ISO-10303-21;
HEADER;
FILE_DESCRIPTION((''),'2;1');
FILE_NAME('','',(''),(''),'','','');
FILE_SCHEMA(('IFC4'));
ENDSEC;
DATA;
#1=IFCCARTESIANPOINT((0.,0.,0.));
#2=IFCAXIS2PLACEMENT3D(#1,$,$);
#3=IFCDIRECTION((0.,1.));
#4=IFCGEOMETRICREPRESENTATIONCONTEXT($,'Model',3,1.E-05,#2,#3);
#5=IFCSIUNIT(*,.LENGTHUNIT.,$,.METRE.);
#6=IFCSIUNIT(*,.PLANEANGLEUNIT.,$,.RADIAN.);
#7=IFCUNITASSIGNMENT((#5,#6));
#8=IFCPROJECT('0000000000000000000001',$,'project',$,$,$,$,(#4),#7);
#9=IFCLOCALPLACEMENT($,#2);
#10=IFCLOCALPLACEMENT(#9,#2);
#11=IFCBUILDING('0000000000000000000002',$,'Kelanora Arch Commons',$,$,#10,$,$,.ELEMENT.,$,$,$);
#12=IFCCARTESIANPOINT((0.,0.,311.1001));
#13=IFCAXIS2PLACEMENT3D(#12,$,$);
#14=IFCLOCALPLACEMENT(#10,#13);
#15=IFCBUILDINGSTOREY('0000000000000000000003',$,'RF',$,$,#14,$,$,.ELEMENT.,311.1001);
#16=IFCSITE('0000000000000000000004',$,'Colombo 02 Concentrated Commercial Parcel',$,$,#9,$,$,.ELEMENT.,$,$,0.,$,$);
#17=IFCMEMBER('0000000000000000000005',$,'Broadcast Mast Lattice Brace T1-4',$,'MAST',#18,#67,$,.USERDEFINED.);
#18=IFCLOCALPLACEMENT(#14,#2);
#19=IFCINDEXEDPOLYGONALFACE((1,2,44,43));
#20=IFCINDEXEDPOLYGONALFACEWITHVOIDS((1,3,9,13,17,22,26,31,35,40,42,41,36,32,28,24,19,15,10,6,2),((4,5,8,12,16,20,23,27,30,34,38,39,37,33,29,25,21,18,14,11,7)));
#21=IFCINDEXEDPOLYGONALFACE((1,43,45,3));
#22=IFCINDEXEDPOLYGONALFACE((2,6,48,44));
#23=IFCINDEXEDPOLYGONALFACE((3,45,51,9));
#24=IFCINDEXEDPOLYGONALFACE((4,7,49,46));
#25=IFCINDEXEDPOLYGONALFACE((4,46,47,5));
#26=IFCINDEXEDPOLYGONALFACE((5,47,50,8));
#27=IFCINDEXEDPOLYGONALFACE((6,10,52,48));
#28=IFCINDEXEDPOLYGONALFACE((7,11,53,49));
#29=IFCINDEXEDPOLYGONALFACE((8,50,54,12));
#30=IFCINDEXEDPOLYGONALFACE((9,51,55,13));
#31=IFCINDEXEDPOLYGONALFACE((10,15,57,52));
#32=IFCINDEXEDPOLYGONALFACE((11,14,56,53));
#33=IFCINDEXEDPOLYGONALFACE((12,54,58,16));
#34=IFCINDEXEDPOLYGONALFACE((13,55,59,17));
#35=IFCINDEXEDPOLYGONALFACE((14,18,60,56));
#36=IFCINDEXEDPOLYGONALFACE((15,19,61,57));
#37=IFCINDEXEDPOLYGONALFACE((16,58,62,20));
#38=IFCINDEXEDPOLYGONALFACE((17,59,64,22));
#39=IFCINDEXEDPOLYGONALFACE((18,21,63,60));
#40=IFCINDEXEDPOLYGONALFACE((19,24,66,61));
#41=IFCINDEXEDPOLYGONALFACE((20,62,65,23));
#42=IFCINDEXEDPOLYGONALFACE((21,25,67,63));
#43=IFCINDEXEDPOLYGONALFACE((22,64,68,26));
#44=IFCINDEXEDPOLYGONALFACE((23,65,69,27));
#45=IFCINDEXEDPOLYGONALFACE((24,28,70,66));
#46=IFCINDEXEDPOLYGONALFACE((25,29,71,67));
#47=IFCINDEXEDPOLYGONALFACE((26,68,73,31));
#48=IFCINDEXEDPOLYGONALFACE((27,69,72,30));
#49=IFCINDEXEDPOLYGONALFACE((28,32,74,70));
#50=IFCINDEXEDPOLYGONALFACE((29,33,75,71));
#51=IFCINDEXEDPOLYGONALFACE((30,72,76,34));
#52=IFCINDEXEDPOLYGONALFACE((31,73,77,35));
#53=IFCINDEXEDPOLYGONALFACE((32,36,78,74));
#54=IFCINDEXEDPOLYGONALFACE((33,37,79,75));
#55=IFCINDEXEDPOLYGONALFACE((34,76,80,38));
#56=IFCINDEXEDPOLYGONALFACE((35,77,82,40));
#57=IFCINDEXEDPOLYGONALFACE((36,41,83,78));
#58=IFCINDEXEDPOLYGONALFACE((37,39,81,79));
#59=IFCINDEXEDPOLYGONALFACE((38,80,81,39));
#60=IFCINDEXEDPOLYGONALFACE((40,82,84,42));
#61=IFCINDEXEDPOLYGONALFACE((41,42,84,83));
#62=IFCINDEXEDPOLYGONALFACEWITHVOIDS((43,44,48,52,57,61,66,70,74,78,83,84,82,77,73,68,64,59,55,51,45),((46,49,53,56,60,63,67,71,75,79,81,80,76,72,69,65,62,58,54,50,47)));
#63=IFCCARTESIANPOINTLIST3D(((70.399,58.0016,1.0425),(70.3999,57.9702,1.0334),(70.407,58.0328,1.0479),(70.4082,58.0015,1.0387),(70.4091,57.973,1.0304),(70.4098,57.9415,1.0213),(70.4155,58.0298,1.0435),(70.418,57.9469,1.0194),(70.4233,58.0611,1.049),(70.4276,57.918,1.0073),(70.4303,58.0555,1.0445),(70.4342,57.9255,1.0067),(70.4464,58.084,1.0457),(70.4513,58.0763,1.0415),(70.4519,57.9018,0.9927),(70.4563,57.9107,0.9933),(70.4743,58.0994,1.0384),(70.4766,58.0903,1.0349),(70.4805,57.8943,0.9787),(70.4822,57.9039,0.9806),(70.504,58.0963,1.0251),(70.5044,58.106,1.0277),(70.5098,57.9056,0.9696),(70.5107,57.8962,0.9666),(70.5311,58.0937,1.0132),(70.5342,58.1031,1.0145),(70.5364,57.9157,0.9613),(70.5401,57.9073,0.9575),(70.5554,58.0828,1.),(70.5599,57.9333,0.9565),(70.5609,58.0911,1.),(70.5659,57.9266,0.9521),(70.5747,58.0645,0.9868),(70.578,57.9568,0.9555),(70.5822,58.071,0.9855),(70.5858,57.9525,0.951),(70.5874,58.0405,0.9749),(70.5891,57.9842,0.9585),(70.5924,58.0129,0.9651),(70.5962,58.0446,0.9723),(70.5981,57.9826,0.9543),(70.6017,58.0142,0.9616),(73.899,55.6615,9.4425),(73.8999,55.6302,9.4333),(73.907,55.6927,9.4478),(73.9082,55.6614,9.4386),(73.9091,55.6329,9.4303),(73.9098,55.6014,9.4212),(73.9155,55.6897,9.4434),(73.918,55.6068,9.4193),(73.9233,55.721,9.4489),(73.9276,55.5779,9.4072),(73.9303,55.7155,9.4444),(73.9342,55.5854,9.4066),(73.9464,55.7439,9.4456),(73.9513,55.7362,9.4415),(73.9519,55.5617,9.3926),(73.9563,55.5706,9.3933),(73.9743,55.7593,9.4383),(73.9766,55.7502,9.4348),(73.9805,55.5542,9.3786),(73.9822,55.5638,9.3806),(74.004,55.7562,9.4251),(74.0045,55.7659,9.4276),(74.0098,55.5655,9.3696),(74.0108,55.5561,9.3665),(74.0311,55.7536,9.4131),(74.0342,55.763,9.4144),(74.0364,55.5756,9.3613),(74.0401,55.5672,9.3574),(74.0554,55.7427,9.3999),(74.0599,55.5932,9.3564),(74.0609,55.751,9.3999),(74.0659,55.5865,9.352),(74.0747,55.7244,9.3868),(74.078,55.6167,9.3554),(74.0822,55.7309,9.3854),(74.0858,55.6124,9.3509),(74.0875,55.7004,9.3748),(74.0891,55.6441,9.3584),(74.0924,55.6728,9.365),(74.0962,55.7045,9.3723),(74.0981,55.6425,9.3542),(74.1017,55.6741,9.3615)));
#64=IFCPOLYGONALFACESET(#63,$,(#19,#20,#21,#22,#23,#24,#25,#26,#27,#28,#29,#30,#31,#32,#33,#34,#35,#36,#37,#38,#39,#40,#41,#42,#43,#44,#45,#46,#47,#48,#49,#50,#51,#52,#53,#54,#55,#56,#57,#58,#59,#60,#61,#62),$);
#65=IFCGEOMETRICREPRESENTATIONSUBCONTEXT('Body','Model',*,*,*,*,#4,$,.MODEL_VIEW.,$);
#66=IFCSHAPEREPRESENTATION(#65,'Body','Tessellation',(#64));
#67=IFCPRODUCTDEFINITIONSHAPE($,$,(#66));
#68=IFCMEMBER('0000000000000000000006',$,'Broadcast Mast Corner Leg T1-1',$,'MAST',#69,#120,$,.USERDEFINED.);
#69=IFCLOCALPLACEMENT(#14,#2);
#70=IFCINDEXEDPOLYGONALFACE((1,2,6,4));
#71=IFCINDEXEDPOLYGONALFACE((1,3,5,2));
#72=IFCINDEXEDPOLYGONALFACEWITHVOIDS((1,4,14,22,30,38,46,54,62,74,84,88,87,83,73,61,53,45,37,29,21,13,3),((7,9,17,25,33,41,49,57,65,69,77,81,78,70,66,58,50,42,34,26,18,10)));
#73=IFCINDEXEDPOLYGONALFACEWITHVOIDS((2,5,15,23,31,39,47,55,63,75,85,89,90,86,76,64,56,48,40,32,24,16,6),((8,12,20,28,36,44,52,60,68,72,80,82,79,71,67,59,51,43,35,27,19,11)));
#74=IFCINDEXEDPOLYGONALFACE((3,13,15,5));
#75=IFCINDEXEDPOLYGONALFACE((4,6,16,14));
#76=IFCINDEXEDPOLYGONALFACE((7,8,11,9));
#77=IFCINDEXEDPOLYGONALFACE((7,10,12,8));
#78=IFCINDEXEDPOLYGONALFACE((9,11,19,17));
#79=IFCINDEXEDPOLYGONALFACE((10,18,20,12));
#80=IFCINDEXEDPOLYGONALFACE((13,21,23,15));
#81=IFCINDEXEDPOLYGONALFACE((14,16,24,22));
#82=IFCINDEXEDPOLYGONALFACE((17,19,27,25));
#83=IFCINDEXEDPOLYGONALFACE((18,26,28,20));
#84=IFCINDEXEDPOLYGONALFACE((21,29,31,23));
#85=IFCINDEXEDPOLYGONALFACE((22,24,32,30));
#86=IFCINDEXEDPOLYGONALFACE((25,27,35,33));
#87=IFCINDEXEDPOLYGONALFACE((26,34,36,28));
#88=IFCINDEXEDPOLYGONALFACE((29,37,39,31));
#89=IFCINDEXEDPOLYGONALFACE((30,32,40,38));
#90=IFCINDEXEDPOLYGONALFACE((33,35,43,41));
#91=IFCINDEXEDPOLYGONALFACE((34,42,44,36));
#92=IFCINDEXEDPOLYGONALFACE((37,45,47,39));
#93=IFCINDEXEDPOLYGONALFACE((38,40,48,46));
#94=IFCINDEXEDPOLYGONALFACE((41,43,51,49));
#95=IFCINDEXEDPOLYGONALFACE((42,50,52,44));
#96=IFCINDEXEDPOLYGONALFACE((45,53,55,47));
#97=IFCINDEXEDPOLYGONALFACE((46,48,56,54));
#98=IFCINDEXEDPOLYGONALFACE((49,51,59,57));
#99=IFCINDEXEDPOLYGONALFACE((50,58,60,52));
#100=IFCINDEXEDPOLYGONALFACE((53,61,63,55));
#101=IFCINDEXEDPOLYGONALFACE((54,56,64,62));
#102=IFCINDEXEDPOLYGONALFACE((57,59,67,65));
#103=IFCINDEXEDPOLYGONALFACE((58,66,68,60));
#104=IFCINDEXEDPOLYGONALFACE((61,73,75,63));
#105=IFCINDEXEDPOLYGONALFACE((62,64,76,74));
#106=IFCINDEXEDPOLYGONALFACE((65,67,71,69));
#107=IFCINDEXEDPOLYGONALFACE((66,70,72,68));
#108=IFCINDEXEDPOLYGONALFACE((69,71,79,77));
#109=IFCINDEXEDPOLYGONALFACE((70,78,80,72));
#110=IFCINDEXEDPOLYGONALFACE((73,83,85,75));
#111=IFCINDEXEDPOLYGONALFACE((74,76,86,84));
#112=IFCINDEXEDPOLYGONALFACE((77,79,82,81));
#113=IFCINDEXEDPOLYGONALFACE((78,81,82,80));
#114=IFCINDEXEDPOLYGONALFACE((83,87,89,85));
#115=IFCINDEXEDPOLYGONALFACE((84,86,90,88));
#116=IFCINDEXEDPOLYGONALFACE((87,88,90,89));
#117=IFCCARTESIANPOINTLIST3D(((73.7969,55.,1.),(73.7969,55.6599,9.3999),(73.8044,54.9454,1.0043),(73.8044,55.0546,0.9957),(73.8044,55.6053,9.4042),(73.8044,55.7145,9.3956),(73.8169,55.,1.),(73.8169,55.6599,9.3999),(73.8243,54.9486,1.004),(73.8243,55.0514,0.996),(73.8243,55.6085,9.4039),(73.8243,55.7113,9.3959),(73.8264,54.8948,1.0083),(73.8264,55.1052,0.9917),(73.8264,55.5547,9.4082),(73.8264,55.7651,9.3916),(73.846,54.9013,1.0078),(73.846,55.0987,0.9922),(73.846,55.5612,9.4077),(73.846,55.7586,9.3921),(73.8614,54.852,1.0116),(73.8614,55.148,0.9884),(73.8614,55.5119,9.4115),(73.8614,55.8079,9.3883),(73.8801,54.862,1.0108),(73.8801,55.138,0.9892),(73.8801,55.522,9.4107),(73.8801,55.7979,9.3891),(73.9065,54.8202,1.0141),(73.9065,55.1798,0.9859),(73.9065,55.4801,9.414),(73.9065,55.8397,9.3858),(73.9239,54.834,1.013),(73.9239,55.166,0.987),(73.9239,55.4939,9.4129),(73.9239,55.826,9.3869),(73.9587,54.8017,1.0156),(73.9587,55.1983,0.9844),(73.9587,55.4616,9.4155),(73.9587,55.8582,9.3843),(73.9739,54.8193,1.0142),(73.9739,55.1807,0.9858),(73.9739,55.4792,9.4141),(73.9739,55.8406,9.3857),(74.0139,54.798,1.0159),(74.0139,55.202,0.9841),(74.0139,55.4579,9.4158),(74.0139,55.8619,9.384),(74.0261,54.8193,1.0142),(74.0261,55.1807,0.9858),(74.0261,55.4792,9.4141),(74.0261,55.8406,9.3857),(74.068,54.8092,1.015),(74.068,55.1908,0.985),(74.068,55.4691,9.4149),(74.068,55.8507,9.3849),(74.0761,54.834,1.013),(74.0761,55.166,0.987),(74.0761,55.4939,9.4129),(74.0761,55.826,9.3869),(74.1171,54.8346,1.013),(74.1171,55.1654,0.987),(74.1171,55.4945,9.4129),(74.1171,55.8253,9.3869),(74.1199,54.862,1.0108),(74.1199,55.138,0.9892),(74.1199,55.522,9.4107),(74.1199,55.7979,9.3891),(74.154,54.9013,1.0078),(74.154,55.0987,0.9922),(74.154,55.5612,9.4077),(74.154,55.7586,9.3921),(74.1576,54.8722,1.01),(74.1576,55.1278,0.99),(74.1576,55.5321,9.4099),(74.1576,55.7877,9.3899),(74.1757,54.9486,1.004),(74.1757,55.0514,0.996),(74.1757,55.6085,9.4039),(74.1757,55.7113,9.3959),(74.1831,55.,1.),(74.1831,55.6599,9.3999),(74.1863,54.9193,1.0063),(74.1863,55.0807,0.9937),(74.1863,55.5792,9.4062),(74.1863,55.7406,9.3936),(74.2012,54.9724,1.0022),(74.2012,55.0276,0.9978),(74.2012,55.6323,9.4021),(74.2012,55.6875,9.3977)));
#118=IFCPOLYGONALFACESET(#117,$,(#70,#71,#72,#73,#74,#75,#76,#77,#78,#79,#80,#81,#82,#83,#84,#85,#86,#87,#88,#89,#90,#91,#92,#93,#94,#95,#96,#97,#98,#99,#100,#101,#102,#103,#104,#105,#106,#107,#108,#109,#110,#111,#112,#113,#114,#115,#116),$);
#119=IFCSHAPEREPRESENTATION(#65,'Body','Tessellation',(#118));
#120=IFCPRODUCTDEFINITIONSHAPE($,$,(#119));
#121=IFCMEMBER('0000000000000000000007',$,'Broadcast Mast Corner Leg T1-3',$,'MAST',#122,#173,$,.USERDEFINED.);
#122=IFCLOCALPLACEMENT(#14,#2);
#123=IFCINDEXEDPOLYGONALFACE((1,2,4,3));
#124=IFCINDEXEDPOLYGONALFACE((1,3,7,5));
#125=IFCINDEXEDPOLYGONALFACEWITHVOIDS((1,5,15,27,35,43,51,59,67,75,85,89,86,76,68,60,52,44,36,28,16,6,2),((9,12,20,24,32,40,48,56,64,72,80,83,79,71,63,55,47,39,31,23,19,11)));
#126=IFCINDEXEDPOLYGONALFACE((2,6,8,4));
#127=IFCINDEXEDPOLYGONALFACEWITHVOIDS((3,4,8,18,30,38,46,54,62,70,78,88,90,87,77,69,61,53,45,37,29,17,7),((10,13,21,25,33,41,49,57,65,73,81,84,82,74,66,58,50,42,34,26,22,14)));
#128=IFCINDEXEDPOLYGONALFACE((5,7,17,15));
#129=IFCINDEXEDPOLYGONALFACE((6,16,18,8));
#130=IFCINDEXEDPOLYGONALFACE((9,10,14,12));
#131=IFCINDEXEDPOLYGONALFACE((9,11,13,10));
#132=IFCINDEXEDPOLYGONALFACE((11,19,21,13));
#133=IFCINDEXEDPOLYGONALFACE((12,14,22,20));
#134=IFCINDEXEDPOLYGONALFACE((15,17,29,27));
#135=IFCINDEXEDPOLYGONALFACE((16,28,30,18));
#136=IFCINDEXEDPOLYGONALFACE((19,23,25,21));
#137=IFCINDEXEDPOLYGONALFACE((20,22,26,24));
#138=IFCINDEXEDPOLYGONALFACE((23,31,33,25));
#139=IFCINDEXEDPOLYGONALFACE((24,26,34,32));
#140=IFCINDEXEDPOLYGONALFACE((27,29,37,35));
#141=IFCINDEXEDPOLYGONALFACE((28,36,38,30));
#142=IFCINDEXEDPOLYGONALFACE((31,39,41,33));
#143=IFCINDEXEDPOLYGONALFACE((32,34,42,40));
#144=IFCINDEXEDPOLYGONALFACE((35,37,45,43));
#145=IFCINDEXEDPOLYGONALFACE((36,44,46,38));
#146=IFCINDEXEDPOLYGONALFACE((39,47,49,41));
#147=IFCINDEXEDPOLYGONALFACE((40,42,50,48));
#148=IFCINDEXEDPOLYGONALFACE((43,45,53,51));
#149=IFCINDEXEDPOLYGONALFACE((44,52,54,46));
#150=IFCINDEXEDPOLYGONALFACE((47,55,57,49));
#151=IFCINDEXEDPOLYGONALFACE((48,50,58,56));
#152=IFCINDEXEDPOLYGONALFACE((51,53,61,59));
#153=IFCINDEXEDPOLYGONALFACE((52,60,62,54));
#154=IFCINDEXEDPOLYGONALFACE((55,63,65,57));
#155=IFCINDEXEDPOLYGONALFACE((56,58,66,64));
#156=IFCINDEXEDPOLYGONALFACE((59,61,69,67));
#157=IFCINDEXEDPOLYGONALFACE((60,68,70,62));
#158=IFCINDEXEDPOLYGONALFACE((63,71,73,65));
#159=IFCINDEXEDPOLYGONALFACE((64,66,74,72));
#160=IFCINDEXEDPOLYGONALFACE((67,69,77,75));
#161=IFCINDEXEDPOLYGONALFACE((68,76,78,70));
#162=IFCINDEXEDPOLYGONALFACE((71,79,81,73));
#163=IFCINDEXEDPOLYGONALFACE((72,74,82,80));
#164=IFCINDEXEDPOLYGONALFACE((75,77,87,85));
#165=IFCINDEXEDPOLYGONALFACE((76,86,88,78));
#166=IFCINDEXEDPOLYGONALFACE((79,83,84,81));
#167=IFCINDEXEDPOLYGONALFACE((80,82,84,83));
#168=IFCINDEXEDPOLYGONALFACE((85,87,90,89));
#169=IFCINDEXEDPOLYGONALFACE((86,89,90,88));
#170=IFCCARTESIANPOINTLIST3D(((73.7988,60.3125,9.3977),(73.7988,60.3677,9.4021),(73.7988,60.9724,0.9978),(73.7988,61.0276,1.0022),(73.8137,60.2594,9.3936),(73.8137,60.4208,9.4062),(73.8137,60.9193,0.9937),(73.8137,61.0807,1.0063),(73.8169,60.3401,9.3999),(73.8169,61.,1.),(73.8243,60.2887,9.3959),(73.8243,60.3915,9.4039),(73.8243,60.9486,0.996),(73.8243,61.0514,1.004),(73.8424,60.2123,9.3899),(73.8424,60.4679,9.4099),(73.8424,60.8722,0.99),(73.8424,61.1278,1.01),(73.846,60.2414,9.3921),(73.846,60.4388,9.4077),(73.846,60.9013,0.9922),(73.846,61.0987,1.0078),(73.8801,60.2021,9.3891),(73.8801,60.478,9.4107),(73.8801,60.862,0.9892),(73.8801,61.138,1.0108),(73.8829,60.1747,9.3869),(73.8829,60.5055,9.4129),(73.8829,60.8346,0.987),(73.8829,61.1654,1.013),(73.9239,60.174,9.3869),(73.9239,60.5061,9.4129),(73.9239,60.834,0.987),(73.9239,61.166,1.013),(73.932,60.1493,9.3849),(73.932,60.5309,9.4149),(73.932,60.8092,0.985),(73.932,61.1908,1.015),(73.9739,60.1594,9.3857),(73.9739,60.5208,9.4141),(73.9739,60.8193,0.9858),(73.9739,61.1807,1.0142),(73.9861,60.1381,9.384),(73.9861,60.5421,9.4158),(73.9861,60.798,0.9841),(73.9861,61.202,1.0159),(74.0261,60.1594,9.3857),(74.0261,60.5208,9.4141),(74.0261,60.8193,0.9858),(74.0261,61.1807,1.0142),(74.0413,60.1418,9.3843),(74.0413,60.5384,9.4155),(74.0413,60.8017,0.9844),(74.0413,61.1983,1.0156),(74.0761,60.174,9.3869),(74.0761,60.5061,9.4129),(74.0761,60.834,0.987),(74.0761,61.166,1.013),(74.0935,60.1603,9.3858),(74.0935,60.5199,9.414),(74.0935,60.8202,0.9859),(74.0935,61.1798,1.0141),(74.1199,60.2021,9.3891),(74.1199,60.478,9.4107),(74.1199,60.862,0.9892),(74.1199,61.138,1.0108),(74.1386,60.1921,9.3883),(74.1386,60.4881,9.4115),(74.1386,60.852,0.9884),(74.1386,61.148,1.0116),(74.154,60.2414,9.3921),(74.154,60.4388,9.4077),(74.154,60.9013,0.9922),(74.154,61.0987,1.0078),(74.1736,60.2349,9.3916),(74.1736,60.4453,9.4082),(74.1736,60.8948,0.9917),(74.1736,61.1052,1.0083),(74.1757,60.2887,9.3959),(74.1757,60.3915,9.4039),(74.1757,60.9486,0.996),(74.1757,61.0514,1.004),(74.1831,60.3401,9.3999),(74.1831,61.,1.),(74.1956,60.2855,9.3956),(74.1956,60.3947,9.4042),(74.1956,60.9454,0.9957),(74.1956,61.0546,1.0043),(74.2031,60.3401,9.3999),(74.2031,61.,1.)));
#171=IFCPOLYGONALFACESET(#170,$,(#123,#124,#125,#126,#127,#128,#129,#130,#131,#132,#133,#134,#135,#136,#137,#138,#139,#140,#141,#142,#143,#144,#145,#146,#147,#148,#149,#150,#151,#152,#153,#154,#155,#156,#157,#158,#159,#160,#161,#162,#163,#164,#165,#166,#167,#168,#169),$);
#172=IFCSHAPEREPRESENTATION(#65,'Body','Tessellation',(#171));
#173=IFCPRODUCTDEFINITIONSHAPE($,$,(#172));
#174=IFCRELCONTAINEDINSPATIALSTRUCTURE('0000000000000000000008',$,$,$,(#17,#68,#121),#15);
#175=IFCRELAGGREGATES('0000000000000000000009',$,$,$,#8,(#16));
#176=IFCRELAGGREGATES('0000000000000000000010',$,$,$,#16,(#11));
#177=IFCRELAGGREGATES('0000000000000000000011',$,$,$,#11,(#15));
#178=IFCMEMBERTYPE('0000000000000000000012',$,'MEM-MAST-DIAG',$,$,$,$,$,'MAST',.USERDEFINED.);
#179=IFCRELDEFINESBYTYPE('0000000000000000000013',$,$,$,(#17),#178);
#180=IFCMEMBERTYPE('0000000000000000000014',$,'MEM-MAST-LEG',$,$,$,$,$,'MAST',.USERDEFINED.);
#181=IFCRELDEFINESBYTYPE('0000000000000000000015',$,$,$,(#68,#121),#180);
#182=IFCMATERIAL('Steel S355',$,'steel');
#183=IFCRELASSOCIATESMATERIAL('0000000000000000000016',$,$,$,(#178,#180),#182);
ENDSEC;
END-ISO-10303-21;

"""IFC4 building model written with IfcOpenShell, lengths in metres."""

from ifc_helpers import new_model, si_unit, direction, frame, origin, origin_2d, place, context, subcontext, project, spatial, hollow_circle, extrude, material, material_profile, profile_set, type_object, element, save


model = new_model("IFC4")

# Units and contexts
model_context = context("Model", 3, precision=1e-05, world=origin(), true_north=direction((0.0, 1.0)))
body_context = subcontext(model_context, "Body", "Model", "MODEL_VIEW")
ifc_project = project(units=[si_unit("LENGTHUNIT", "METRE"), si_unit("PLANEANGLEUNIT", "RADIAN")], contexts=[model_context])

# Site, building, storey
site_placement = place(None, origin())
site = spatial("IfcSite", under=ifc_project, at=site_placement, Name="Colombo 02 Concentrated Commercial Parcel", CompositionType="ELEMENT", RefElevation=0.0)
building_placement = place(site_placement, origin())
building = spatial("IfcBuilding", under=site, at=building_placement, Name="Kelanora Arch Commons", CompositionType="ELEMENT")
storey_placement = place(building_placement, frame((0.0, 0.0, 311.1001)))
storey = spatial("IfcBuildingStorey", under=building, at=storey_placement, Name="RF", CompositionType="ELEMENT", Elevation=311.1001)

# Members
ifc_material_1 = material(Name="Steel S355", Category="steel")
ifc_material_profile_1 = material_profile(ifc_material_1, hollow_circle(Radius=0.1096, WallThickness=0.01, at=origin_2d()), Name="CHS219.1x10")
ifc_profile_set_1 = profile_set([ifc_material_profile_1], Name="Steel S355")
member_type_1 = type_object("IfcMemberType", Name="MEM-MAST-DIAG", ElementType="MAST", PredefinedType="USERDEFINED", material=ifc_profile_set_1)
member_1_placement = place(storey_placement, frame((70.5, 58.0, 1.0), z_axis=(0.3725, -0.249052, 0.893989), x_axis=(0.55581, 0.831309, 0.0)))
element("IfcMember", 1, at=member_1_placement, inside=storey, type_object=member_type_1, Name="Broadcast Mast Lattice Brace T1-4", ObjectType="MAST", PredefinedType="USERDEFINED", context=body_context, shape_type="SweptSolid", body=[
    extrude(hollow_circle(Radius=0.1096, WallThickness=0.01, at=origin_2d()), origin(), (0.0, 0.0, 1.0), 9.396),
])
ifc_material_profile_2 = material_profile(ifc_material_1, hollow_circle(Radius=0.2031, WallThickness=0.02, at=origin_2d()), Name="CHS406.4x20")
ifc_profile_set_2 = profile_set([ifc_material_profile_2], Name="Steel S355")
member_type_2 = type_object("IfcMemberType", Name="MEM-MAST-LEG", ElementType="MAST", PredefinedType="USERDEFINED", material=ifc_profile_set_2)
for number, where, z_axis, x_axis, name in (
    (2, (74.0, 55.0, 1.0), (0.0, 0.078321, 0.996928), (-1.0, 0.0, 0.0), "Broadcast Mast Corner Leg T1-1"),
    (3, (74.0, 61.0, 1.0), (0.0, -0.078321, 0.996928), (1.0, 0.0, 0.0), "Broadcast Mast Corner Leg T1-3"),
):
    element("IfcMember", number, at=place(storey_placement, frame(where, z_axis=z_axis, x_axis=x_axis)), inside=storey, type_object=member_type_2, Name=name, ObjectType="MAST", PredefinedType="USERDEFINED", context=body_context, shape_type="SweptSolid", body=[
        extrude(hollow_circle(Radius=0.2031, WallThickness=0.02, at=origin_2d()), origin(), (0.0, 0.0, 1.0), 8.4258),
    ])

save(model, "model.ifc")
